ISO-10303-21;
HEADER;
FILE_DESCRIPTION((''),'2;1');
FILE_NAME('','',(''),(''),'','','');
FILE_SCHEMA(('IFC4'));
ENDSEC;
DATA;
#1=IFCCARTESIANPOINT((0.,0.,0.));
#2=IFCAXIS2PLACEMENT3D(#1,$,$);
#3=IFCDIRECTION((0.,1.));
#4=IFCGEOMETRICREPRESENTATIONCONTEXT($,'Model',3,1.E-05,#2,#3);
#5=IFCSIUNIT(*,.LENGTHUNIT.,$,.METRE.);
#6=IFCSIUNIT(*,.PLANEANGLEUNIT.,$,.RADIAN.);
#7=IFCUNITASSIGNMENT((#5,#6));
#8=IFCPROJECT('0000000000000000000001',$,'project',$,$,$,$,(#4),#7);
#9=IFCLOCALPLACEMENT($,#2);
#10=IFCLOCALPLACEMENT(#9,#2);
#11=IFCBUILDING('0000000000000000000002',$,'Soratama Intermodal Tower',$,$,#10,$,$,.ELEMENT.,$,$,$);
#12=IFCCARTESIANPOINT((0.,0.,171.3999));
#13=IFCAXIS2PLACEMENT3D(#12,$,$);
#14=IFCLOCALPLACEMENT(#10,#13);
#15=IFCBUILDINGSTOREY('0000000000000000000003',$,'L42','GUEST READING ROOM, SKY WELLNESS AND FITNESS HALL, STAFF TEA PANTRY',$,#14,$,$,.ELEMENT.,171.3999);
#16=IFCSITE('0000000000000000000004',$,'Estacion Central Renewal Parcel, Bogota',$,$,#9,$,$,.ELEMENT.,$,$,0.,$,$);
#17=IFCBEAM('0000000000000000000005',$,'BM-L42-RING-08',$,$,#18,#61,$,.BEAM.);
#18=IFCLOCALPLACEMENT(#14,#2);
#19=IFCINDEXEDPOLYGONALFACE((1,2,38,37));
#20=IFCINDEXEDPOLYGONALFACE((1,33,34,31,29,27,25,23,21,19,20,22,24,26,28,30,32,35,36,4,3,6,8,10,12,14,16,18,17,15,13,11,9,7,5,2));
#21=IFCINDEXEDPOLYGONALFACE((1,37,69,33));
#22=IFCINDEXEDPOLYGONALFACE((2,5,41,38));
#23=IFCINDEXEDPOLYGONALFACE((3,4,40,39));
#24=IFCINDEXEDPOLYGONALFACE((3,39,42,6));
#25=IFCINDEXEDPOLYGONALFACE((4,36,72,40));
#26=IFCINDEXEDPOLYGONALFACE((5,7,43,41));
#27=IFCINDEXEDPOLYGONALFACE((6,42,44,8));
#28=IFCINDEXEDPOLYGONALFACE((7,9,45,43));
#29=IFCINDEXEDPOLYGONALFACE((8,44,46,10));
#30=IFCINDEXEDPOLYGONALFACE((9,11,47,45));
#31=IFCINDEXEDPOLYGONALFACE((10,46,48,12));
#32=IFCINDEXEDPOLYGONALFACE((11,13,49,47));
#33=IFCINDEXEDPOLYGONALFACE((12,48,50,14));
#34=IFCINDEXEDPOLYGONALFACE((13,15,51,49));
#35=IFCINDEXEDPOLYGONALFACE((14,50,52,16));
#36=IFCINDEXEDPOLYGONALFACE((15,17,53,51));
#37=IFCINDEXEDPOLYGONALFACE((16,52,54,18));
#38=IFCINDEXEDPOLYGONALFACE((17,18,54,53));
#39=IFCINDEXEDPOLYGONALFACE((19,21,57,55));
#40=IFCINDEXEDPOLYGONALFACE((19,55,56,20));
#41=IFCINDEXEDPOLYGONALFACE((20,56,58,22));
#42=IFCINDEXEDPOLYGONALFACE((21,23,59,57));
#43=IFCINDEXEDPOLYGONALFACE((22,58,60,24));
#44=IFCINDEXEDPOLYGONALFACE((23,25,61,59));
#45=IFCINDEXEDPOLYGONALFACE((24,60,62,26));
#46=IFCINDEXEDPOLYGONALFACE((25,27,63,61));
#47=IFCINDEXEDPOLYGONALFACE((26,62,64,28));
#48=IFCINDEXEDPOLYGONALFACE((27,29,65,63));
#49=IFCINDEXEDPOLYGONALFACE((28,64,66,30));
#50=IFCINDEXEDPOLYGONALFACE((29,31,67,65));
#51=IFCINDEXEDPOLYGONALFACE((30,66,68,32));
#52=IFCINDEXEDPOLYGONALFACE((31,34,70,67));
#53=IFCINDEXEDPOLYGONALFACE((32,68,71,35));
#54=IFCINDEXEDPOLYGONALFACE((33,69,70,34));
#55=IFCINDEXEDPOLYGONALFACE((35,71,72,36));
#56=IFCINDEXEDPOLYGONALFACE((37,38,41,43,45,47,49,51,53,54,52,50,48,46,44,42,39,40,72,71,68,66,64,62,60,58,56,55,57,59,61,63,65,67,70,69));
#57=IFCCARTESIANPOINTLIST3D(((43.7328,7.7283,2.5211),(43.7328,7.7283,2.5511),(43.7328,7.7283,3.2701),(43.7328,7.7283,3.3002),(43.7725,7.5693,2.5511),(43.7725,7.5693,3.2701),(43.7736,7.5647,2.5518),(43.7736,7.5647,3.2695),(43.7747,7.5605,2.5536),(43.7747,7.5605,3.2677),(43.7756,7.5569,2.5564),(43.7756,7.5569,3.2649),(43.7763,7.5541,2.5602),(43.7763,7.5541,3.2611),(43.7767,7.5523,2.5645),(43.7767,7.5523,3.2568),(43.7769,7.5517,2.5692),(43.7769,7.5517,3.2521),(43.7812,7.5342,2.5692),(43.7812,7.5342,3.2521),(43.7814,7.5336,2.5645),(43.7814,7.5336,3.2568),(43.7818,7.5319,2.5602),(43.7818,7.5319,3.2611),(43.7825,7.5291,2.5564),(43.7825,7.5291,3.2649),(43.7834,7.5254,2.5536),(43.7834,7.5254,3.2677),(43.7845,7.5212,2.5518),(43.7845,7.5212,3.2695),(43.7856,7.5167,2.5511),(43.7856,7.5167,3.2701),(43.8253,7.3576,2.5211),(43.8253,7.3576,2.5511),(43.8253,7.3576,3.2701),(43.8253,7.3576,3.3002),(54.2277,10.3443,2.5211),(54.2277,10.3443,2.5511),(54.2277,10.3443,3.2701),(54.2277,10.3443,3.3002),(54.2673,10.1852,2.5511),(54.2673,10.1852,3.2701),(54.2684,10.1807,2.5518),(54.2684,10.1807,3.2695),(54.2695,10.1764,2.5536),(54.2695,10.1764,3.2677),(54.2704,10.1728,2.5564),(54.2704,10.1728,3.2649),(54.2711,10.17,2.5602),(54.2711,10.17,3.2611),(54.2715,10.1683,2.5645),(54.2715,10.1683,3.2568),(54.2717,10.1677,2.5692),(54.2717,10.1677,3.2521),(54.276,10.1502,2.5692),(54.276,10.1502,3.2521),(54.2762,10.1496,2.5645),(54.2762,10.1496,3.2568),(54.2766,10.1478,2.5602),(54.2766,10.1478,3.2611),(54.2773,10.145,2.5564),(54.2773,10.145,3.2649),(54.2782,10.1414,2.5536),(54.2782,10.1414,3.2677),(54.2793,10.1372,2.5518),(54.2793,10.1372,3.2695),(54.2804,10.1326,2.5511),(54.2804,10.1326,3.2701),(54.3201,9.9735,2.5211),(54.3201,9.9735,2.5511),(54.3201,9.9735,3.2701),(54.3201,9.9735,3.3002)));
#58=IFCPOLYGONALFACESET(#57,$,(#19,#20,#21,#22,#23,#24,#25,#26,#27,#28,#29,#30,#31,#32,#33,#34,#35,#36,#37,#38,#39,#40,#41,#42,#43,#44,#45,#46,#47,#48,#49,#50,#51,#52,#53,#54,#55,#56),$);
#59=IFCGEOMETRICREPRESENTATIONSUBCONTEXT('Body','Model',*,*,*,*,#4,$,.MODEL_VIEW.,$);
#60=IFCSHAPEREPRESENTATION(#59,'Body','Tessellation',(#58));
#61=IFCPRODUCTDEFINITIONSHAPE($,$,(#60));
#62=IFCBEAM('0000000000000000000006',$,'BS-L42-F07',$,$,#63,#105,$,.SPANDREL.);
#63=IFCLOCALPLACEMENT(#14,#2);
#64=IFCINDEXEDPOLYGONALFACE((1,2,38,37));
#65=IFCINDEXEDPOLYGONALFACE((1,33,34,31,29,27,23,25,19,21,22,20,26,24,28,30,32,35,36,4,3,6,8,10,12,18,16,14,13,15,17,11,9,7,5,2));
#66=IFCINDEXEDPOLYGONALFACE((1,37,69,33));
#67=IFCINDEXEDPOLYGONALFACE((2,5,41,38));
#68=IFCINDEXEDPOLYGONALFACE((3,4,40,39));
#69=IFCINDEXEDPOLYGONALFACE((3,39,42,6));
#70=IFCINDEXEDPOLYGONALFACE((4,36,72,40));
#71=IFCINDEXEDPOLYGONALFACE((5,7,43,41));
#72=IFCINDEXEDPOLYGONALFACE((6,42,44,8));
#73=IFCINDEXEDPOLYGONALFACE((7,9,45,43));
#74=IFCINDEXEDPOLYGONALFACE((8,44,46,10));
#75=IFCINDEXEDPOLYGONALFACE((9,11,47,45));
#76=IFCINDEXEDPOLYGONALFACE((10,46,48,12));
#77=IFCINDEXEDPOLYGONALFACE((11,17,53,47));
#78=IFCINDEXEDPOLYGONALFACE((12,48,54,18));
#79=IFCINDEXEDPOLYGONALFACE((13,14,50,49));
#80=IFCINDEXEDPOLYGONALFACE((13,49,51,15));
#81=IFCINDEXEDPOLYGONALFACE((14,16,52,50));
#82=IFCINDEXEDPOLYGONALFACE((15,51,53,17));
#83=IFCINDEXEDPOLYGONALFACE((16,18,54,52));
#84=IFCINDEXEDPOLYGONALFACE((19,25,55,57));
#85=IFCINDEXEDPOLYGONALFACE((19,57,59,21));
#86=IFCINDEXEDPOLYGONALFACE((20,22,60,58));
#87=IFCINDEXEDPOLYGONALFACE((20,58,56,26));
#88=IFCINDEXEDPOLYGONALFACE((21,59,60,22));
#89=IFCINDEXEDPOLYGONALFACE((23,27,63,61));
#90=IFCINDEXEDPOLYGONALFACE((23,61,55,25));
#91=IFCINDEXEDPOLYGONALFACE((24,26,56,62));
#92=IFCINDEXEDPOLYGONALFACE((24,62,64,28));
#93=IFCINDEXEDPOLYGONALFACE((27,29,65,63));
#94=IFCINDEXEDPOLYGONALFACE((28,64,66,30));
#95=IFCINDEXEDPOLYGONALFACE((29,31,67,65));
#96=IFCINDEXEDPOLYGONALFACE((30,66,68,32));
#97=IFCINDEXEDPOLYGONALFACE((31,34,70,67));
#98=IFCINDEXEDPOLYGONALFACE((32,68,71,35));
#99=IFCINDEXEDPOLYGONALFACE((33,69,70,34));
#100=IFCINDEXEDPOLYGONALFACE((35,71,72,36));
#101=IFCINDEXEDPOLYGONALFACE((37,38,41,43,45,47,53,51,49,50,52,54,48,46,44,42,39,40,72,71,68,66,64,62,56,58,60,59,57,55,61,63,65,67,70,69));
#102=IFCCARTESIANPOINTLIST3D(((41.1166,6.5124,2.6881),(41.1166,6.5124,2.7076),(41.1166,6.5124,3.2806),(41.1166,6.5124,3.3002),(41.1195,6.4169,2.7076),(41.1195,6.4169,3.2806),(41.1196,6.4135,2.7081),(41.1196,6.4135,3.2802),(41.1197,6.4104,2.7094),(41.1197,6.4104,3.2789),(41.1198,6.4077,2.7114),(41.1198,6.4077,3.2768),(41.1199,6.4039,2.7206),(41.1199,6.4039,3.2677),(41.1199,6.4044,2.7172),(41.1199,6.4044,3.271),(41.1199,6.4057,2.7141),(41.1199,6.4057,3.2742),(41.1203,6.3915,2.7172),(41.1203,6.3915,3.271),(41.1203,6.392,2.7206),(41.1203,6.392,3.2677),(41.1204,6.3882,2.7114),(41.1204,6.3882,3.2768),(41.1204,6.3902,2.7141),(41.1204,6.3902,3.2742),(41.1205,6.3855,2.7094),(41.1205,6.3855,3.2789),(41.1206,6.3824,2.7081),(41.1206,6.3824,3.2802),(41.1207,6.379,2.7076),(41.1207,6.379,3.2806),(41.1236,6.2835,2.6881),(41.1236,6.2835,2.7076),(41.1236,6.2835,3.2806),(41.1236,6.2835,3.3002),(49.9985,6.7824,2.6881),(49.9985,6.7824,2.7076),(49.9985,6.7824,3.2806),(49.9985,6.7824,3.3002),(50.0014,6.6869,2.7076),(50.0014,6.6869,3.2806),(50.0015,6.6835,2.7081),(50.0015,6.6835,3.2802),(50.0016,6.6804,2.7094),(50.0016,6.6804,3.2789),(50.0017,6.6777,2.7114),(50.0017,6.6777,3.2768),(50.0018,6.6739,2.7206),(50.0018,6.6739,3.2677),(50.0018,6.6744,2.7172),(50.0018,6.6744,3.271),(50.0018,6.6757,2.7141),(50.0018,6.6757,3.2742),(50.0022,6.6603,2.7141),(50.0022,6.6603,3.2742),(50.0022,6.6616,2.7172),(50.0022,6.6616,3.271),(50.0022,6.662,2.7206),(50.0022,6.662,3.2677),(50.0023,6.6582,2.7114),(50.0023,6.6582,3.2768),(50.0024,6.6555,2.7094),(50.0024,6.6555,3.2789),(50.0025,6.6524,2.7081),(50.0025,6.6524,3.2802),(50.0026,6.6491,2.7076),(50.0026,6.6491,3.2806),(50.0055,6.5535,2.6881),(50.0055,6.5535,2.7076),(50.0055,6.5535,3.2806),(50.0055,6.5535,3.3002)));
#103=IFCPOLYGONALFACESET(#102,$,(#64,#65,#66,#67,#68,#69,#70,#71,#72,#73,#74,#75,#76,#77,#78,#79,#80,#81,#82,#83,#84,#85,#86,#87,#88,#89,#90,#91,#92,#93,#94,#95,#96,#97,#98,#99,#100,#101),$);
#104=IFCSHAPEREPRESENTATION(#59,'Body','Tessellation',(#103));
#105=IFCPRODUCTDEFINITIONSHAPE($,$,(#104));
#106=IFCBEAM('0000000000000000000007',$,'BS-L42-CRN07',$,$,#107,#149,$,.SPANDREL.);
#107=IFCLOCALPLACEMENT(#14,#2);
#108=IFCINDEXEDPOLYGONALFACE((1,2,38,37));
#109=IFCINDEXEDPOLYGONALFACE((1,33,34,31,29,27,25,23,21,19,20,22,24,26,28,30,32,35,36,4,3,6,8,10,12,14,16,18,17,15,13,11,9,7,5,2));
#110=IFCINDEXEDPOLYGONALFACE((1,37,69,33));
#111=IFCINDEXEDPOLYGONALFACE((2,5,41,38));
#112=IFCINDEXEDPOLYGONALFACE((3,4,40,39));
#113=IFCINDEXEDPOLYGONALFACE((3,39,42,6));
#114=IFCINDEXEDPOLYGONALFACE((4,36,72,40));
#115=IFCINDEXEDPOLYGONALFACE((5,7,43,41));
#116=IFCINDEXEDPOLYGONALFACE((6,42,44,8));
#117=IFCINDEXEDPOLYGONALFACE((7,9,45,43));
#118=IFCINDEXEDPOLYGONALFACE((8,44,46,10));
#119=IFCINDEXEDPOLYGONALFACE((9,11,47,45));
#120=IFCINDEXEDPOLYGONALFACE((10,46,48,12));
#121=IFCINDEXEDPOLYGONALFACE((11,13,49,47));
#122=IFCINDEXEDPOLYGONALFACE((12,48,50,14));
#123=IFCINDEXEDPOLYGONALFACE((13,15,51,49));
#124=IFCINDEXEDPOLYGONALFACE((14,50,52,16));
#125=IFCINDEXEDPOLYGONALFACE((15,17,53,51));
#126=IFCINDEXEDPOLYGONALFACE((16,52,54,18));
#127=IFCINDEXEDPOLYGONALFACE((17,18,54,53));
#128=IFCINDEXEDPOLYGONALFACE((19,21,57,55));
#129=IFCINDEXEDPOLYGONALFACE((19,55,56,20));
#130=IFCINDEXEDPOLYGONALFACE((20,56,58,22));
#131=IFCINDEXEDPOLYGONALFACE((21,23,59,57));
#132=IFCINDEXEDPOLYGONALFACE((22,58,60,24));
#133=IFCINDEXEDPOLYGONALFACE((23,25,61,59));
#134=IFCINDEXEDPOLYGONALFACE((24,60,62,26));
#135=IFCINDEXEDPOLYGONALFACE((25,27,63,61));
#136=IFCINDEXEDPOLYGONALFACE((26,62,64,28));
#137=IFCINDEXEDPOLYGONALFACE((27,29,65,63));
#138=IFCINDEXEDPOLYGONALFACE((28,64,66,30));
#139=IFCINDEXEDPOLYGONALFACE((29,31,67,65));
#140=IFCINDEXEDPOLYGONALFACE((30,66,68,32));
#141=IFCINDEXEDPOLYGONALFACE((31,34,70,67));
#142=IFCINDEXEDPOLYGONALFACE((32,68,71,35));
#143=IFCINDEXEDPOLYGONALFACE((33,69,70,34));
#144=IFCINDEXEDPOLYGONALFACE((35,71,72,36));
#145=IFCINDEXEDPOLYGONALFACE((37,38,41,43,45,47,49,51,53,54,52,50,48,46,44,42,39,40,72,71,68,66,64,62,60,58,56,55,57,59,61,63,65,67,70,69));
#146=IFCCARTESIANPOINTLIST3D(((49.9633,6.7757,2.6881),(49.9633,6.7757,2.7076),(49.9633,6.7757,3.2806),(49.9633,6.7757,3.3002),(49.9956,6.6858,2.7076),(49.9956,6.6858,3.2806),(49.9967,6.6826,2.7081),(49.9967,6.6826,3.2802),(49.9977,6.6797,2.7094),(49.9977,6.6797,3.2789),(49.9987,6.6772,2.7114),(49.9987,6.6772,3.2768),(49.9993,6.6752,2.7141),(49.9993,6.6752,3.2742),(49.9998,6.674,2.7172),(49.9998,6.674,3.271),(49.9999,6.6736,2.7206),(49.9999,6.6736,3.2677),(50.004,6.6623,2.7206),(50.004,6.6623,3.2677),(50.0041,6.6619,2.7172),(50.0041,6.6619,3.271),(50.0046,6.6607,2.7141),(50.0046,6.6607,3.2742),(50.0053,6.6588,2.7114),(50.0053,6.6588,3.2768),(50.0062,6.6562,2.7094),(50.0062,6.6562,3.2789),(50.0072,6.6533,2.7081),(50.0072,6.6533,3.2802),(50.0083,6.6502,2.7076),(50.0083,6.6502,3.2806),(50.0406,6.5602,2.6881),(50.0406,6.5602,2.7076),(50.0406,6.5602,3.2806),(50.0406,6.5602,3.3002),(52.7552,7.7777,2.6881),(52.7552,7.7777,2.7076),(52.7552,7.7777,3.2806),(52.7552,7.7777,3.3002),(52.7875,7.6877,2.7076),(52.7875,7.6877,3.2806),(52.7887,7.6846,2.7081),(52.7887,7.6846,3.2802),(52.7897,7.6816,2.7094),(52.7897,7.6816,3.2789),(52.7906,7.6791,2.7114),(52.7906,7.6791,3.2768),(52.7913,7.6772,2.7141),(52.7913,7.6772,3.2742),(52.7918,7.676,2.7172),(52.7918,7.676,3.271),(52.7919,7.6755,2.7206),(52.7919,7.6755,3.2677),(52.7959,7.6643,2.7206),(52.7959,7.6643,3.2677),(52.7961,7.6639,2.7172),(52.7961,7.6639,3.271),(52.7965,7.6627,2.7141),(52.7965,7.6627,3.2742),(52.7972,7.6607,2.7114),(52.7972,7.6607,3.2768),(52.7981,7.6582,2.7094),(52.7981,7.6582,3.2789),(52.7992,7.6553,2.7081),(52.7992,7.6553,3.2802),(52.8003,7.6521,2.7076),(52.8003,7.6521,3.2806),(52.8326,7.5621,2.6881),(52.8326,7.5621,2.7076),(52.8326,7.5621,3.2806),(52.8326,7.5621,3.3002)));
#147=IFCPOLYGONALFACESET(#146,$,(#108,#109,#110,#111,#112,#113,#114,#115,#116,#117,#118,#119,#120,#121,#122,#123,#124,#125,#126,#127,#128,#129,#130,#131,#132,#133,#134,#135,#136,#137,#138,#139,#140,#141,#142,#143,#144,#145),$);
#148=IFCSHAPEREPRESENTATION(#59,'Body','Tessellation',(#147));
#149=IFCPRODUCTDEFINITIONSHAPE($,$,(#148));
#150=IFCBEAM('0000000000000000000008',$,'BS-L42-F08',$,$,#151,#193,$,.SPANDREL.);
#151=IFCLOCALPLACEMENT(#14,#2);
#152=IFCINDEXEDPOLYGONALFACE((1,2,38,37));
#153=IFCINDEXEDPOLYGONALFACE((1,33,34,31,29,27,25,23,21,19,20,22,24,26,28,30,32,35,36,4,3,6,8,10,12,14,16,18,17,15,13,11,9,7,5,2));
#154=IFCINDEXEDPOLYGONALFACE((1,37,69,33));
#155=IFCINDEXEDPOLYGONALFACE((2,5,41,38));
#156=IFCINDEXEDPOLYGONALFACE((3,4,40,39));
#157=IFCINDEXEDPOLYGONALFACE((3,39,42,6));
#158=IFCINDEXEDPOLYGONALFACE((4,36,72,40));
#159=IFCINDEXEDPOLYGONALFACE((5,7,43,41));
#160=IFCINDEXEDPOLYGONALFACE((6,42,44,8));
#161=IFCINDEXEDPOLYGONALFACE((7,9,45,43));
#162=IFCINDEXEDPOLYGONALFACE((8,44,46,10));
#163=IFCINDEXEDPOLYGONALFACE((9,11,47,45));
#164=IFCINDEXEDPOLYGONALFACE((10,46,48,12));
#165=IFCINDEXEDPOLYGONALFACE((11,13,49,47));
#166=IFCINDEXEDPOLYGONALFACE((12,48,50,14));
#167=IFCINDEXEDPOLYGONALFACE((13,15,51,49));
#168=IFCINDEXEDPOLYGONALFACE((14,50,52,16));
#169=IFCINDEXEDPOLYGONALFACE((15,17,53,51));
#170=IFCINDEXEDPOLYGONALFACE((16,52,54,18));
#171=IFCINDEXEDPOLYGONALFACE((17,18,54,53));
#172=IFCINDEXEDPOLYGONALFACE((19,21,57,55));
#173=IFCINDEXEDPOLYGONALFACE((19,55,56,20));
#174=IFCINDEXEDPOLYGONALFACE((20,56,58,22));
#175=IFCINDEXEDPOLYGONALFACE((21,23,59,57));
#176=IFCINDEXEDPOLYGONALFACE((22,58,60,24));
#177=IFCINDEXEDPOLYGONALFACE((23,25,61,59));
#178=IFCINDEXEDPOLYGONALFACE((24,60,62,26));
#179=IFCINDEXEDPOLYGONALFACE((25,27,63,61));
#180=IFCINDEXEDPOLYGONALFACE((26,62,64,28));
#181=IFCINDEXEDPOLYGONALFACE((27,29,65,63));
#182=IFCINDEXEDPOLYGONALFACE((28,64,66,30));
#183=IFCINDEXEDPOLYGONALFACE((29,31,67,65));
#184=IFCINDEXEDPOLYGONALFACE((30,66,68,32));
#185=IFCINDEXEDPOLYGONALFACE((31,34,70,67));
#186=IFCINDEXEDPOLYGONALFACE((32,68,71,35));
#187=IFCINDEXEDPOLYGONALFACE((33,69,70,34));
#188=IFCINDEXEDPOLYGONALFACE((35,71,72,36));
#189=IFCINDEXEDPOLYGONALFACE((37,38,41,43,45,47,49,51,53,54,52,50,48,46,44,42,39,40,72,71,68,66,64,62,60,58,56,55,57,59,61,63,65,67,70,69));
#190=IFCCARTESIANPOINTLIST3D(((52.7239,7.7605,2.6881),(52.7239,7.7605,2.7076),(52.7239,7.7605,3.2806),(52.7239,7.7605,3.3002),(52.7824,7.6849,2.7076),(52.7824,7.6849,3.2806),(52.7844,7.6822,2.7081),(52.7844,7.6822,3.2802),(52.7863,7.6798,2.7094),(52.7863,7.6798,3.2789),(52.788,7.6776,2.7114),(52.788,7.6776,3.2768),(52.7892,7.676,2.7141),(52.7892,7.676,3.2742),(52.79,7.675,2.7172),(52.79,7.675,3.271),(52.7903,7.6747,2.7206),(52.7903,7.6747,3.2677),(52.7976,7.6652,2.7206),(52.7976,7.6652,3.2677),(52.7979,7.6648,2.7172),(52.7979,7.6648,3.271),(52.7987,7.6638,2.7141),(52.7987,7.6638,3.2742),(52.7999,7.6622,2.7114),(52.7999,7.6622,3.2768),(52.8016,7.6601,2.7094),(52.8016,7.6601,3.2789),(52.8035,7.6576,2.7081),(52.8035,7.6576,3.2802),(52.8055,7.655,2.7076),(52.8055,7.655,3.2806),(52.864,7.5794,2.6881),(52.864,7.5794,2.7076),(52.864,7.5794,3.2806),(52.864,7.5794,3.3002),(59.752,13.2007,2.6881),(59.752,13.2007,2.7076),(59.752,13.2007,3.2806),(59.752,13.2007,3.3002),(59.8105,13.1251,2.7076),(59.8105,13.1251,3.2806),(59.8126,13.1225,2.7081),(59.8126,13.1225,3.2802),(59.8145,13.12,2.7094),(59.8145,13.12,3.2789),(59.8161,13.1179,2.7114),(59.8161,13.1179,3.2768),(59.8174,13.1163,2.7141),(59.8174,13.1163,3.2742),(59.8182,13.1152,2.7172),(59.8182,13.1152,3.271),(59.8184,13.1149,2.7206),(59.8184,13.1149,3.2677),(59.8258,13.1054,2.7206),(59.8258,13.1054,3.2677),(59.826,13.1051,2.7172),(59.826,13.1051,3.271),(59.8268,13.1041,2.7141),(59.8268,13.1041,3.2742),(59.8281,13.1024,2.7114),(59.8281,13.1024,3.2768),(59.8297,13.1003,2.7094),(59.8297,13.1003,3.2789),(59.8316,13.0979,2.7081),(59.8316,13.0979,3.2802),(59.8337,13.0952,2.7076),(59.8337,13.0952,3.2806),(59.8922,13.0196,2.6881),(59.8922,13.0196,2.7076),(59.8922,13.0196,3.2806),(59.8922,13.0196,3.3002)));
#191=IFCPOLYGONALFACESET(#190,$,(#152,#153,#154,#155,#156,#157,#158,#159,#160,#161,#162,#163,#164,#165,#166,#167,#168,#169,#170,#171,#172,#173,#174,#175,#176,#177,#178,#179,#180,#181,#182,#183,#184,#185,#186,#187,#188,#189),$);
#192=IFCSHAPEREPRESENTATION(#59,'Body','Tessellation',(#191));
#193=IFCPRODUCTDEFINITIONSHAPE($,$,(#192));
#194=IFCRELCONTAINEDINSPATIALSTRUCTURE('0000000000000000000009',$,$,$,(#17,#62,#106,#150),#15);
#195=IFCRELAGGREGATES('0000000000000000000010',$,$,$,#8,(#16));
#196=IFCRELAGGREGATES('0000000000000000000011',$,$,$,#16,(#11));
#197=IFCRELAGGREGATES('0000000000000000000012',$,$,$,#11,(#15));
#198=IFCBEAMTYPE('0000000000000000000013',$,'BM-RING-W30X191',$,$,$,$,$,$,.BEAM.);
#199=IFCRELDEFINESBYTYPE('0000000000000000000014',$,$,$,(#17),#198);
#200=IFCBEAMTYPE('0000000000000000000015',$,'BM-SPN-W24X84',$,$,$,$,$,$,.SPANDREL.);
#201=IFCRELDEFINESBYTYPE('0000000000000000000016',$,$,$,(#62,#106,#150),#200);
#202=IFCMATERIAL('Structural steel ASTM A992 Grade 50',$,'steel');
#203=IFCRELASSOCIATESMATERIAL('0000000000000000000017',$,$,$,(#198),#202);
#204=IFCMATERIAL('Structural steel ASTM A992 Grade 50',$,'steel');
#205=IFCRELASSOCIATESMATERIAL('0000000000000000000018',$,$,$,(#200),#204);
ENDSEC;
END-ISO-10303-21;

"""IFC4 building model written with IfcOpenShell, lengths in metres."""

from ifc_helpers import new_model, si_unit, direction, frame, origin, origin_2d, place, context, subcontext, project, spatial, i_section, extrude, material, material_profile, profile_set, type_object, element, save


model = new_model("IFC4")

# Units and contexts
model_context = context("Model", 3, precision=1e-05, world=origin(), true_north=direction((0.0, 1.0)))
body_context = subcontext(model_context, "Body", "Model", "MODEL_VIEW")
ifc_project = project(units=[si_unit("LENGTHUNIT", "METRE"), si_unit("PLANEANGLEUNIT", "RADIAN")], contexts=[model_context])

# Site, building, storey
site_placement = place(None, origin())
site = spatial("IfcSite", under=ifc_project, at=site_placement, Name="Estacion Central Renewal Parcel, Bogota", CompositionType="ELEMENT", RefElevation=0.0)
building_placement = place(site_placement, origin())
building = spatial("IfcBuilding", under=site, at=building_placement, Name="Soratama Intermodal Tower", CompositionType="ELEMENT")
storey_placement = place(building_placement, frame((0.0, 0.0, 171.3999)))
storey = spatial("IfcBuildingStorey", under=building, at=storey_placement, Name="L42", Description="GUEST READING ROOM, SKY WELLNESS AND FITNESS HALL, STAFF TEA PANTRY", CompositionType="ELEMENT", Elevation=171.3999)

# Beams
ifc_material_1 = material(Name="Structural steel ASTM A992 Grade 50", Category="steel")
ifc_material_profile_1 = material_profile(ifc_material_1, i_section(OverallWidth=0.3821, OverallDepth=0.7791, WebThickness=0.0181, FlangeThickness=0.03, FilletRadius=0.0181, at=origin_2d()), Name="W30X191")
ifc_profile_set_1 = profile_set([ifc_material_profile_1], Name="Structural steel ASTM A992 Grade 50")
beam_type_1 = type_object("IfcBeamType", Name="BM-RING-W30X191", PredefinedType="BEAM", material=ifc_profile_set_1)
beam_1_placement = place(storey_placement, frame((43.7791, 7.543, 2.9106), z_axis=(0.970311, 0.241861, 0.0), x_axis=(-0.241861, 0.970311, 0.0)))
element("IfcBeam", 1, at=beam_1_placement, inside=storey, type_object=beam_type_1, Name="BM-L42-RING-08", PredefinedType="BEAM", context=body_context, shape_type="SweptSolid", body=[
    extrude(i_section(OverallWidth=0.3821, OverallDepth=0.7791, WebThickness=0.0181, FlangeThickness=0.03, FilletRadius=0.0181, at=origin_2d()), origin(), (0.0, 0.0, 1.0), 10.8159),
])
ifc_material_2 = material(Name="Structural steel ASTM A992 Grade 50", Category="steel")
ifc_material_profile_2 = material_profile(ifc_material_2, i_section(OverallWidth=0.229, OverallDepth=0.6121, WebThickness=0.012, FlangeThickness=0.0195, FilletRadius=0.0129, at=origin_2d()), Name="W24X84")
ifc_profile_set_2 = profile_set([ifc_material_profile_2], Name="Structural steel ASTM A992 Grade 50")
beam_type_2 = type_object("IfcBeamType", Name="BM-SPN-W24X84", PredefinedType="SPANDREL", material=ifc_profile_set_2)
beam_2_placement = place(storey_placement, frame((41.1201, 6.3979, 2.9941), z_axis=(0.999538, 0.030387, 0.0), x_axis=(-0.030387, 0.999538, 0.0)))
element("IfcBeam", 2, at=beam_2_placement, inside=storey, type_object=beam_type_2, Name="BS-L42-F07", PredefinedType="SPANDREL", context=body_context, shape_type="SweptSolid", body=[
    extrude(i_section(OverallWidth=0.229, OverallDepth=0.6121, WebThickness=0.012, FlangeThickness=0.0195, FilletRadius=0.0129, at=origin_2d()), origin(), (0.0, 0.0, 1.0), 8.886),
])
beam_3_placement = place(storey_placement, frame((50.002, 6.668, 2.9941), z_axis=(0.941227, 0.337775, 0.0), x_axis=(-0.337775, 0.941227, 0.0)))
element("IfcBeam", 3, at=beam_3_placement, inside=storey, type_object=beam_type_2, Name="BS-L42-CRN07", PredefinedType="SPANDREL", context=body_context, shape_type="SweptSolid", body=[
    extrude(i_section(OverallWidth=0.229, OverallDepth=0.6121, WebThickness=0.012, FlangeThickness=0.0195, FilletRadius=0.0129, at=origin_2d()), origin(), (0.0, 0.0, 1.0), 2.9663),
])
beam_4_placement = place(storey_placement, frame((52.7939, 7.6699, 2.9941), z_axis=(0.790773, 0.612109, 0.0), x_axis=(-0.612109, 0.790773, 0.0)))
element("IfcBeam", 4, at=beam_4_placement, inside=storey, type_object=beam_type_2, Name="BS-L42-F08", PredefinedType="SPANDREL", context=body_context, shape_type="SweptSolid", body=[
    extrude(i_section(OverallWidth=0.229, OverallDepth=0.6121, WebThickness=0.012, FlangeThickness=0.0195, FilletRadius=0.0129, at=origin_2d()), origin(), (0.0, 0.0, 1.0), 8.8877),
])

save(model, "model.ifc")
